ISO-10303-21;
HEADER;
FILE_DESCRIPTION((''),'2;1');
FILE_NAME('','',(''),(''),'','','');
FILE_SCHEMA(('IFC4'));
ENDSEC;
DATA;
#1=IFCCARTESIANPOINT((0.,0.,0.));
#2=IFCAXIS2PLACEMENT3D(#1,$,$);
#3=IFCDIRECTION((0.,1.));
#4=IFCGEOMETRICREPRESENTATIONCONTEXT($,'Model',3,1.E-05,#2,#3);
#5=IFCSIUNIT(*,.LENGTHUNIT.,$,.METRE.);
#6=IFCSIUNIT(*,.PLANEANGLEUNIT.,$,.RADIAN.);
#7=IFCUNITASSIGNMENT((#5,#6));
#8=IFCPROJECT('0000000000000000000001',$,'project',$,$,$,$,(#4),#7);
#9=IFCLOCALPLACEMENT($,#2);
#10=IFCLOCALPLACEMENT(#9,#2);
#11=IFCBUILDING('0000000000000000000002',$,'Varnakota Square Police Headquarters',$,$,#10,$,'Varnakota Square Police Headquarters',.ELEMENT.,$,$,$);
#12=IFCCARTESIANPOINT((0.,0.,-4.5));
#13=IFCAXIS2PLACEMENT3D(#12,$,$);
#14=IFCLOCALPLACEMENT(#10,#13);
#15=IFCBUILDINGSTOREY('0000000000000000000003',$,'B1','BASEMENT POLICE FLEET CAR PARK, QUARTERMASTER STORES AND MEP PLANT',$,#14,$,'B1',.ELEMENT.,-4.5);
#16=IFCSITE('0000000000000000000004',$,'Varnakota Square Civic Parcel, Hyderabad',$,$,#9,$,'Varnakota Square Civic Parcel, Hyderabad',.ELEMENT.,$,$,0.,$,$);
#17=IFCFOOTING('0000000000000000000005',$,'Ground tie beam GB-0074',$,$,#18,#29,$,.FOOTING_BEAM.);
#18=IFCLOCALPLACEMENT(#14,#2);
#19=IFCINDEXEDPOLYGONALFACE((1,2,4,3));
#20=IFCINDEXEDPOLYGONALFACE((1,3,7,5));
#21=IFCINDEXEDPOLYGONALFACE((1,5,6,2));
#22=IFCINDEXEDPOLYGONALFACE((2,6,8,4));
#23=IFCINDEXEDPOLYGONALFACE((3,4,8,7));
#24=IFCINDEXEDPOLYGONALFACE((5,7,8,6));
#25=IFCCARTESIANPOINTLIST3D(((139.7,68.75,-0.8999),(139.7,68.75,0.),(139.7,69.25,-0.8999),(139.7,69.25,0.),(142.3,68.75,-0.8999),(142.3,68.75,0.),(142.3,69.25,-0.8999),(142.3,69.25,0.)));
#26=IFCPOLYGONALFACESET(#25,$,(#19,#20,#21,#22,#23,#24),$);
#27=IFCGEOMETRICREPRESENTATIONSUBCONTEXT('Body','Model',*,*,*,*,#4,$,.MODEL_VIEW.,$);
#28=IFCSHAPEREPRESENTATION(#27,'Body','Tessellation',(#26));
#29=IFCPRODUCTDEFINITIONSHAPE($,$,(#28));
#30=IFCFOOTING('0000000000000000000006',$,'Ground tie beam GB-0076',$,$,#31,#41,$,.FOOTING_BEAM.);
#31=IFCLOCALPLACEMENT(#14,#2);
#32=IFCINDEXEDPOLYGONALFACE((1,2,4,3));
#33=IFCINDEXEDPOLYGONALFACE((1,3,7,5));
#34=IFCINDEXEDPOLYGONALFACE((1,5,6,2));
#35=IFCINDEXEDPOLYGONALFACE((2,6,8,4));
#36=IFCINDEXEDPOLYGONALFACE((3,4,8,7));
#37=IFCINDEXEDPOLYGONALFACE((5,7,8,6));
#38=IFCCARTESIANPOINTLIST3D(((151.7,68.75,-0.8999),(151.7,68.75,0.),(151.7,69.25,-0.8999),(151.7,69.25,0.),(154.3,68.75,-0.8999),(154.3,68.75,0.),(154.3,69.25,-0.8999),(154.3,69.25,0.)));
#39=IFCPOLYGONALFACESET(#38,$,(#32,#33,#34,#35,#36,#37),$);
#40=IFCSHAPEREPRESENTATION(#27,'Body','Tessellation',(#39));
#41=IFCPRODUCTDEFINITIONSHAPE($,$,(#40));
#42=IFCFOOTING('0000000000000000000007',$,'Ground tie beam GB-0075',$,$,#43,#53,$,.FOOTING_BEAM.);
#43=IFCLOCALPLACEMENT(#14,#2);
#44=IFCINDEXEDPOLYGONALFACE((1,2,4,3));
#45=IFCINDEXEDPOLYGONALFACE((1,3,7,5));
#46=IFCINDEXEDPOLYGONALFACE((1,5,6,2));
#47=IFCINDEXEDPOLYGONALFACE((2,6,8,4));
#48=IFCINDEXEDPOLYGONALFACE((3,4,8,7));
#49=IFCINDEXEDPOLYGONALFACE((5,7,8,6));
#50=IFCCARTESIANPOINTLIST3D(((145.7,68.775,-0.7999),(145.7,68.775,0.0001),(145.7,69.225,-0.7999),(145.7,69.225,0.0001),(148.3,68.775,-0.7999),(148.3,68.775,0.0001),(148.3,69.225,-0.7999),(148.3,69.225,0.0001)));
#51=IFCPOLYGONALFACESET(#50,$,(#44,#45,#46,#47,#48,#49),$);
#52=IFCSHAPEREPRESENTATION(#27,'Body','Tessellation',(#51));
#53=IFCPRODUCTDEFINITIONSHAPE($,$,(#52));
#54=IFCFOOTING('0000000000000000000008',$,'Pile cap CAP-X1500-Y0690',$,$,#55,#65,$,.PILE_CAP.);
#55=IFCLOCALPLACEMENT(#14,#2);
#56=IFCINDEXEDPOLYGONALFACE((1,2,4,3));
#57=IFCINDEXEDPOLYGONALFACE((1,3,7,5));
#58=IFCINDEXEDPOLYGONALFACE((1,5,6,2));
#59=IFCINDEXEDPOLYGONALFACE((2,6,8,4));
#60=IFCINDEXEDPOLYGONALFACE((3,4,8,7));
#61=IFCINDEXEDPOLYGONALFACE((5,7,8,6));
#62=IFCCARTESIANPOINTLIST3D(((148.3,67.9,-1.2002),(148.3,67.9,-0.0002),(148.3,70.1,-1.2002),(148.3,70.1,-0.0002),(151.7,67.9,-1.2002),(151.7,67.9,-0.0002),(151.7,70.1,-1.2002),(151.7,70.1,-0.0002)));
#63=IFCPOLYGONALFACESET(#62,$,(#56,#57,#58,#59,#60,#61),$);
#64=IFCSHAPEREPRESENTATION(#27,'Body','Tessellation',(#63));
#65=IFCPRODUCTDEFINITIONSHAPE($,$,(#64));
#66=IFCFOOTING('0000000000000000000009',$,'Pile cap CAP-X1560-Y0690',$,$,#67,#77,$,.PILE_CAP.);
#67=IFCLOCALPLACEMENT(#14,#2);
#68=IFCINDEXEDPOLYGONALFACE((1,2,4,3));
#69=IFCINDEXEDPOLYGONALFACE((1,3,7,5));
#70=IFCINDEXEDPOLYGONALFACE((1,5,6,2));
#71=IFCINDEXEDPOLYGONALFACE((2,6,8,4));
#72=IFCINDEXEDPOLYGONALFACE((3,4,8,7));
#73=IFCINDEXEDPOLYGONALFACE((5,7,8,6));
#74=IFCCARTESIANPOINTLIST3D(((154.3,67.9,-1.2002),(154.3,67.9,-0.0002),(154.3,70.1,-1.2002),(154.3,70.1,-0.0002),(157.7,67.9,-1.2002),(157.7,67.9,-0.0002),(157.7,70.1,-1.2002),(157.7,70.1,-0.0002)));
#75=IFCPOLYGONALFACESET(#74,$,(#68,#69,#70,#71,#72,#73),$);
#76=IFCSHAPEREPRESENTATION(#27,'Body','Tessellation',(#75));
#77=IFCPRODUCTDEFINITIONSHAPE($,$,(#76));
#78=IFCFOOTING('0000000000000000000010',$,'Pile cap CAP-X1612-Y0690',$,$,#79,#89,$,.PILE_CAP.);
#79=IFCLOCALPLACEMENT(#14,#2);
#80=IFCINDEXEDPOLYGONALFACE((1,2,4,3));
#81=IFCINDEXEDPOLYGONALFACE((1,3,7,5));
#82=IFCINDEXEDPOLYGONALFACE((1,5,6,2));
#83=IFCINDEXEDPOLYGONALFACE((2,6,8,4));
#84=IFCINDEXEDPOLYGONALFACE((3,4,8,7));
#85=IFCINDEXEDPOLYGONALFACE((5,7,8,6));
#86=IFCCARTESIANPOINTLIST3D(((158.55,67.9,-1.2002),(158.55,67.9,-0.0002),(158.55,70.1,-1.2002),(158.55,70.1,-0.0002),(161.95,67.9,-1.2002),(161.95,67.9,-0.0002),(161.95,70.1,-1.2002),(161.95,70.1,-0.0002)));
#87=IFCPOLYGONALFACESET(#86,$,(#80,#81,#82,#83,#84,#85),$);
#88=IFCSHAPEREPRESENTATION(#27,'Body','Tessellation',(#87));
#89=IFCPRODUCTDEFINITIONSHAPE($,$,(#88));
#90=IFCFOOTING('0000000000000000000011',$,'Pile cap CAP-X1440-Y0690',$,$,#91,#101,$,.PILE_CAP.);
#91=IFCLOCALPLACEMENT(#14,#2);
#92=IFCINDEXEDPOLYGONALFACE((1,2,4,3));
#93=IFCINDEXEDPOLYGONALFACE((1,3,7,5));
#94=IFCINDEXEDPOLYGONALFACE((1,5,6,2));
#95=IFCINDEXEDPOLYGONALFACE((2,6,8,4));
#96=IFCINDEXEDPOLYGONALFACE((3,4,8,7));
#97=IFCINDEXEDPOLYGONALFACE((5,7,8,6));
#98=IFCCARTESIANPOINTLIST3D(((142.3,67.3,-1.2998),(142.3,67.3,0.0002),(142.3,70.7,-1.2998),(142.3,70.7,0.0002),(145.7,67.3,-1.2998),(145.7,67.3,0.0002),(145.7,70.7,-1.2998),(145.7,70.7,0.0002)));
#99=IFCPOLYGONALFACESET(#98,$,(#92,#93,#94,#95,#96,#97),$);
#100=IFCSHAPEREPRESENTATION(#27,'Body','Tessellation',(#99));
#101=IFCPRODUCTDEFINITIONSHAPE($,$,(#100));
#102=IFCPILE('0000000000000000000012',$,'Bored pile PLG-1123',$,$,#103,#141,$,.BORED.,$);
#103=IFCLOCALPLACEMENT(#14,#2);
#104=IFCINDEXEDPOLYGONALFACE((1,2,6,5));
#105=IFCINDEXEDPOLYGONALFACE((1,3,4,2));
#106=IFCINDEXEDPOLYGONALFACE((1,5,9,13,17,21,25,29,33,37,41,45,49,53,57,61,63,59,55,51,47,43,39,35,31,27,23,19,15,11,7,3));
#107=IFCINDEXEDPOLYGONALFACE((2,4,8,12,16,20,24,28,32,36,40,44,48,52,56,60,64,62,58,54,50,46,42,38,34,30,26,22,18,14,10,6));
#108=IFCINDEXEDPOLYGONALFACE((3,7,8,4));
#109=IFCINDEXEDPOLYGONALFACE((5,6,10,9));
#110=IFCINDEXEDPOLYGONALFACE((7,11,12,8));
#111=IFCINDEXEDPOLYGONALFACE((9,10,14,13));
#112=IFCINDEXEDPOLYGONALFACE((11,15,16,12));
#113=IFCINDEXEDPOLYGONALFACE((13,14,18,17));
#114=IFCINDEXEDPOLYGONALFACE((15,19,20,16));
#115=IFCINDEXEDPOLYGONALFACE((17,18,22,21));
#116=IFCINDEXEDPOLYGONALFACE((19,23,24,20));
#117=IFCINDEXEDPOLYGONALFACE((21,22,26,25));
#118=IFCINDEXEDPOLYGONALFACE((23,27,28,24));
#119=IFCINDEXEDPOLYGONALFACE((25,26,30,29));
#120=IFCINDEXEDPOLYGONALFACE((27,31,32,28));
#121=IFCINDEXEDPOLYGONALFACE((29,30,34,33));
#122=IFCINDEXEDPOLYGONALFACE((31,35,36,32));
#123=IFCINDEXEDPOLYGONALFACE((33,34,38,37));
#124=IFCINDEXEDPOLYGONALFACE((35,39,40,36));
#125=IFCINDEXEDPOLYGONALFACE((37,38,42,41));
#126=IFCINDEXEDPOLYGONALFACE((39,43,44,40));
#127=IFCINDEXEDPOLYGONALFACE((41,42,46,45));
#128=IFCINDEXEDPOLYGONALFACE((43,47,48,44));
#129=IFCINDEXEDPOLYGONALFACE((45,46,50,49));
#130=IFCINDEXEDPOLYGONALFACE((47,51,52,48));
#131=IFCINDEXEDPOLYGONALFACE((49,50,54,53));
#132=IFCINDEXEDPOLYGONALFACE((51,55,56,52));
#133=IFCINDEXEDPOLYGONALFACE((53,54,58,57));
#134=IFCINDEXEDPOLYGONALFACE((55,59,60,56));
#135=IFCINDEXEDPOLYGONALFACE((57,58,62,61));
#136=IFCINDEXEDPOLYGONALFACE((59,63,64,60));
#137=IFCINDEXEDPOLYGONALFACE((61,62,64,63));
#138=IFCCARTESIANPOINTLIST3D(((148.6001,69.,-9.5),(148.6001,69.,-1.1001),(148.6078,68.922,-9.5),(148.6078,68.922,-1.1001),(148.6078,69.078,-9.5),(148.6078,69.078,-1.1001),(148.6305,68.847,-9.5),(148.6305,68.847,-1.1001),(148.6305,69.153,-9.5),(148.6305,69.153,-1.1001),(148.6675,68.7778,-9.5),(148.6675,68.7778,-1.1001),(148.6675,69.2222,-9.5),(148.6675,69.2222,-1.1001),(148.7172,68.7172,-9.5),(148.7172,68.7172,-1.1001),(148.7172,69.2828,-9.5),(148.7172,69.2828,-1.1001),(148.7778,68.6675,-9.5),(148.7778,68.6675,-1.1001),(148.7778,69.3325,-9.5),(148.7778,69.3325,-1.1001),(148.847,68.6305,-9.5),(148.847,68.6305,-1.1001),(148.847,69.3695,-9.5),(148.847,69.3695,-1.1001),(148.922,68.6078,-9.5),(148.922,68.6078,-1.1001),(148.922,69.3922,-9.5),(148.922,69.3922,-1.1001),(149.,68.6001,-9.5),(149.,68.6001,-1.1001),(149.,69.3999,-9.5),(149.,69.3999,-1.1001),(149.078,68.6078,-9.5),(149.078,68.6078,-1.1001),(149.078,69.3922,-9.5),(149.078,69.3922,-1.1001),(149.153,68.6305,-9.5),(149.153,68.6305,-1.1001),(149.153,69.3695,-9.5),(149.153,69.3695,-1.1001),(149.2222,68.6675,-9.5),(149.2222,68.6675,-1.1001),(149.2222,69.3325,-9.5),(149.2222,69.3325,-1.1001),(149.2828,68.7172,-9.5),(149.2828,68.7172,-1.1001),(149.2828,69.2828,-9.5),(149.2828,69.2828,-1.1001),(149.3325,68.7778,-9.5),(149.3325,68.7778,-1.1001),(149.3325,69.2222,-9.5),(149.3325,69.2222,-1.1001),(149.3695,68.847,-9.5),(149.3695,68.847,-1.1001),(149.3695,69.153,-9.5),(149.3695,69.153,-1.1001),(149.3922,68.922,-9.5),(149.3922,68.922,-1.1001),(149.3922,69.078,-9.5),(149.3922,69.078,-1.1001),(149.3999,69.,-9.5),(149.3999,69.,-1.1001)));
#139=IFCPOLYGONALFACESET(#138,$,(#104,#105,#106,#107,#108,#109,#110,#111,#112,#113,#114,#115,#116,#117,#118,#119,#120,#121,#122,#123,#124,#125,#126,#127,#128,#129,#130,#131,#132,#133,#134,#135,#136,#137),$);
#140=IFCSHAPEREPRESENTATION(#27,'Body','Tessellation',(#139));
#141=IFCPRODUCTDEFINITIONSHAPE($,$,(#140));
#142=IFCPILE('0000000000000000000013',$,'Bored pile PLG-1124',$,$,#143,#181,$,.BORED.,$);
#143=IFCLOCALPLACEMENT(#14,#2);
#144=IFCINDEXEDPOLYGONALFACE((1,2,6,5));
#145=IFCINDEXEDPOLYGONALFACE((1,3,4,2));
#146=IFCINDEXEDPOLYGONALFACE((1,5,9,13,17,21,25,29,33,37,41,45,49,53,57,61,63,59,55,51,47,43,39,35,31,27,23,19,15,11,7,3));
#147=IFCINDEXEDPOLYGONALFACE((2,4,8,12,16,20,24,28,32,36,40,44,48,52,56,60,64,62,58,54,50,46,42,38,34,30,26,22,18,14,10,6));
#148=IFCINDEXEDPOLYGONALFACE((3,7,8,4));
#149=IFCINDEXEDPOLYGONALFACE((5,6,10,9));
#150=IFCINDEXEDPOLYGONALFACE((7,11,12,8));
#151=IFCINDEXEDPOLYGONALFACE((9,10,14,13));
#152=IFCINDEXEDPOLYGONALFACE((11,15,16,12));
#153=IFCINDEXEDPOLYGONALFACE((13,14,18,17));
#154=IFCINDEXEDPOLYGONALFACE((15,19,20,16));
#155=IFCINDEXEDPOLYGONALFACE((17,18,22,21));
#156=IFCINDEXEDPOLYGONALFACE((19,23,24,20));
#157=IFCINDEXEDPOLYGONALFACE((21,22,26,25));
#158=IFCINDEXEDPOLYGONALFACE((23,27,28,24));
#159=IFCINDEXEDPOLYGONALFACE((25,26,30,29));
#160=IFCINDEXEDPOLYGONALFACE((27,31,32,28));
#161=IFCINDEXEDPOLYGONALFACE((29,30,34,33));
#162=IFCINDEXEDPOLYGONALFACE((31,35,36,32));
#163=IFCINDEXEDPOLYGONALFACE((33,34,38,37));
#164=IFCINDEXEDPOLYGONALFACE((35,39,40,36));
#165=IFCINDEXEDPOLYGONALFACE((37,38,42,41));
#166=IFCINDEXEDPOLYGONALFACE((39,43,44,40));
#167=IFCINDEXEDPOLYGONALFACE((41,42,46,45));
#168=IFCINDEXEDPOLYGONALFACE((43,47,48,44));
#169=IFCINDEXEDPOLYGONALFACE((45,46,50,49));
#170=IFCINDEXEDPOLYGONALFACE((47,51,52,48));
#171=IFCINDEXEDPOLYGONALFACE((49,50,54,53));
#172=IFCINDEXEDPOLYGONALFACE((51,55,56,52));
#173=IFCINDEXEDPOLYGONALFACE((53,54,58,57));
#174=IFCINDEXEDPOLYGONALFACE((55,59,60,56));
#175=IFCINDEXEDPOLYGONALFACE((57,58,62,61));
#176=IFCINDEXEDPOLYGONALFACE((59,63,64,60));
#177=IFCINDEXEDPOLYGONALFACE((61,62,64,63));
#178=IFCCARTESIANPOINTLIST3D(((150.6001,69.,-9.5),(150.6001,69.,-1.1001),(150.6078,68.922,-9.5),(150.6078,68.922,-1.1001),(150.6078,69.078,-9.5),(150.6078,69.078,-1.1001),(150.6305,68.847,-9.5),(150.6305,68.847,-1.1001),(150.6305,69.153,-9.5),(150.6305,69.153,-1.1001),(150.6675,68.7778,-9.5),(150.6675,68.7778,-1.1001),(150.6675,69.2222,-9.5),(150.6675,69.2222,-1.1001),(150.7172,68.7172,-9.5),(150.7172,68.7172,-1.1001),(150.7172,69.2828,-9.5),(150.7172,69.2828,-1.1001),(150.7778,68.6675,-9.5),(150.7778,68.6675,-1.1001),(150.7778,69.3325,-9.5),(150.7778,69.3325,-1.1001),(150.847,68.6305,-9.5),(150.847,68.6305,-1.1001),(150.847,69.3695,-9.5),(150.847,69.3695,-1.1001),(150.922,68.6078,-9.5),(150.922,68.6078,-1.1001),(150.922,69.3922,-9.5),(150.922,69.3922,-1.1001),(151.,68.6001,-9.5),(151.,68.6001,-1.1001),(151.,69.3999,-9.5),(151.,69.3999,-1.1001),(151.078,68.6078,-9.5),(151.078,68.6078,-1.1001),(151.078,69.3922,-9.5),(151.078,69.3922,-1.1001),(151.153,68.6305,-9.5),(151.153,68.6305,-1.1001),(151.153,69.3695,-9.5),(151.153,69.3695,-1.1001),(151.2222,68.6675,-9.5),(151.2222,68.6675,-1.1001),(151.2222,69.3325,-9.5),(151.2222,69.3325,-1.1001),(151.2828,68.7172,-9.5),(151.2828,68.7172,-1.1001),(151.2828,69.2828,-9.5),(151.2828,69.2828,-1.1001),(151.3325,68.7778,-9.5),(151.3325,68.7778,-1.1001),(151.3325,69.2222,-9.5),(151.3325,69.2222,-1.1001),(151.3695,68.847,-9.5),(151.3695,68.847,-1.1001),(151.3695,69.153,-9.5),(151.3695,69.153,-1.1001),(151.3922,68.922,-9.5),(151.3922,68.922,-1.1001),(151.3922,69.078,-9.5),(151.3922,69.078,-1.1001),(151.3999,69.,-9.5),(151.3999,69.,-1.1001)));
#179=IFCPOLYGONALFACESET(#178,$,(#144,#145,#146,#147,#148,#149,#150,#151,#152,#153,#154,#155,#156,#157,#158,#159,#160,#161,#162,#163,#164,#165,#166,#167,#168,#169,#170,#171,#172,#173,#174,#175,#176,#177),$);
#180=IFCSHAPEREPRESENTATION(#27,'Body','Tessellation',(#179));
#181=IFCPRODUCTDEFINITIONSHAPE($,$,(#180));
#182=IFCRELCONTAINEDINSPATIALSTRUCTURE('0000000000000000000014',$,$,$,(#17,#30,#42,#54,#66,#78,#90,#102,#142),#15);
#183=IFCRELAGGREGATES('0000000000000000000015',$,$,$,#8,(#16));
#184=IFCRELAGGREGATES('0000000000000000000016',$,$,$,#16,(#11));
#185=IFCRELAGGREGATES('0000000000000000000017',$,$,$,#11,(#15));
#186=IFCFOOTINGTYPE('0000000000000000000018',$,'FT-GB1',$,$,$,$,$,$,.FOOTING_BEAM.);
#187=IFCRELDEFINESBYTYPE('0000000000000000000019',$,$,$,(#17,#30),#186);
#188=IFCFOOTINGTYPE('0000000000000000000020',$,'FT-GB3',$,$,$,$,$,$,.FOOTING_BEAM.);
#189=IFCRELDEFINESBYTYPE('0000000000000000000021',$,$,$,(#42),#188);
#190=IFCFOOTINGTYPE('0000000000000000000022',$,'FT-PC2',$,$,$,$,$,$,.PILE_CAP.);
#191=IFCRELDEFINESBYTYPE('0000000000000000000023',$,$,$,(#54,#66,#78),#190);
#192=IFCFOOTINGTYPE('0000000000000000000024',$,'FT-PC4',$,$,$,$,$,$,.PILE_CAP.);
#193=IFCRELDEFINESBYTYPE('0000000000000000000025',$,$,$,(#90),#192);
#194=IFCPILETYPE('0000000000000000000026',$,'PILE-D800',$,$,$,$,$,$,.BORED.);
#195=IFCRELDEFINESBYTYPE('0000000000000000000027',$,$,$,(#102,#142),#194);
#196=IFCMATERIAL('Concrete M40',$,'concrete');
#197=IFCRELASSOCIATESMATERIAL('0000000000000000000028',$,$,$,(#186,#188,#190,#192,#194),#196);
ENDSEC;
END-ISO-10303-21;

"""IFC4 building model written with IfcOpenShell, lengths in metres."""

from ifc_helpers import new_model, si_unit, direction, frame, origin, origin_2d, place, context, subcontext, project, spatial, rectangle, circle, extrude, material, material_profile, profile_set, type_object, element, save


model = new_model("IFC4")

# Units and contexts
model_context = context("Model", 3, precision=1e-05, world=origin(), true_north=direction((0.0, 1.0)))
body_context = subcontext(model_context, "Body", "Model", "MODEL_VIEW")
ifc_project = project(units=[si_unit("LENGTHUNIT", "METRE"), si_unit("PLANEANGLEUNIT", "RADIAN")], contexts=[model_context])

# Site, building, storey
site_placement = place(None, origin())
site = spatial("IfcSite", under=ifc_project, at=site_placement, Name="Varnakota Square Civic Parcel, Hyderabad", LongName="Varnakota Square Civic Parcel, Hyderabad", CompositionType="ELEMENT", RefElevation=0.0)
building_placement = place(site_placement, origin())
building = spatial("IfcBuilding", under=site, at=building_placement, Name="Varnakota Square Police Headquarters", LongName="Varnakota Square Police Headquarters", CompositionType="ELEMENT")
storey_placement = place(building_placement, frame((0.0, 0.0, -4.5)))
storey = spatial("IfcBuildingStorey", under=building, at=storey_placement, Name="B1", Description="BASEMENT POLICE FLEET CAR PARK, QUARTERMASTER STORES AND MEP PLANT", LongName="B1", CompositionType="ELEMENT", Elevation=-4.5)

# Footings
ifc_material_1 = material(Name="Concrete M40", Category="concrete")
ifc_material_profile_1 = material_profile(ifc_material_1, rectangle(XDim=0.5, YDim=0.8999, at=origin_2d()), Name="GB 500x900")
ifc_profile_set_1 = profile_set([ifc_material_profile_1], Name="Concrete M40")
footing_type_1 = type_object("IfcFootingType", Name="FT-GB1", PredefinedType="FOOTING_BEAM", material=ifc_profile_set_1)
for number, where, z_axis, x_axis, name in (
    (1, (139.7, 69.0, -0.45), (1.0, 0.0, 0.0), (0.0, 1.0, 0.0), "Ground tie beam GB-0074"),
    (2, (151.7, 69.0, -0.45), (1.0, 0.0, 0.0), (0.0, 1.0, 0.0), "Ground tie beam GB-0076"),
):
    element("IfcFooting", number, at=place(storey_placement, frame(where, z_axis=z_axis, x_axis=x_axis)), inside=storey, type_object=footing_type_1, Name=name, PredefinedType="FOOTING_BEAM", context=body_context, shape_type="SweptSolid", body=[
        extrude(rectangle(XDim=0.5, YDim=0.8999, at=origin_2d()), origin(), (0.0, 0.0, 1.0), 2.6001),
    ])
ifc_material_profile_2 = material_profile(ifc_material_1, rectangle(XDim=0.45, YDim=0.8, at=origin_2d()), Name="GB 450x800")
ifc_profile_set_2 = profile_set([ifc_material_profile_2], Name="Concrete M40")
footing_type_2 = type_object("IfcFootingType", Name="FT-GB3", PredefinedType="FOOTING_BEAM", material=ifc_profile_set_2)
footing_1_placement = place(storey_placement, frame((145.7, 69.0, -0.3999), z_axis=(1.0, 0.0, 0.0), x_axis=(0.0, 1.0, 0.0)))
element("IfcFooting", 3, at=footing_1_placement, inside=storey, type_object=footing_type_2, Name="Ground tie beam GB-0075", PredefinedType="FOOTING_BEAM", context=body_context, shape_type="SweptSolid", body=[
    extrude(rectangle(XDim=0.45, YDim=0.8, at=origin_2d()), origin(), (0.0, 0.0, 1.0), 2.6001),
])
footing_type_3 = type_object("IfcFootingType", Name="FT-PC2", PredefinedType="PILE_CAP", material=ifc_material_1)
for number, where, z_axis, x_axis, name in (
    (4, (150.0, 69.0, -1.2002), (0.0, 0.0, 1.0), (1.0, 0.0, 0.0), "Pile cap CAP-X1500-Y0690"),
    (5, (156.0, 69.0, -1.2002), (0.0, 0.0, 1.0), (1.0, 0.0, 0.0), "Pile cap CAP-X1560-Y0690"),
    (6, (160.25, 69.0, -1.2002), (0.0, 0.0, 1.0), (1.0, 0.0, 0.0), "Pile cap CAP-X1612-Y0690"),
):
    element("IfcFooting", number, at=place(storey_placement, frame(where, z_axis=z_axis, x_axis=x_axis)), inside=storey, type_object=footing_type_3, Name=name, PredefinedType="PILE_CAP", context=body_context, shape_type="SweptSolid", body=[
        extrude(rectangle(XDim=3.3999, YDim=2.2, at=origin_2d()), origin(), (0.0, 0.0, 1.0), 1.2),
    ])
footing_type_4 = type_object("IfcFootingType", Name="FT-PC4", PredefinedType="PILE_CAP", material=ifc_material_1)
footing_2_placement = place(storey_placement, frame((144.0, 69.0, -1.2998), z_axis=(0.0, 0.0, 1.0), x_axis=(1.0, 0.0, 0.0)))
element("IfcFooting", 7, at=footing_2_placement, inside=storey, type_object=footing_type_4, Name="Pile cap CAP-X1440-Y0690", PredefinedType="PILE_CAP", context=body_context, shape_type="SweptSolid", body=[
    extrude(rectangle(XDim=3.3999, YDim=3.3999, at=origin_2d()), origin(), (0.0, 0.0, 1.0), 1.3),
])

# Piles
ifc_material_profile_3 = material_profile(ifc_material_1, circle(Radius=0.3999, at=origin_2d()), Name="BORED PILE 800")
ifc_profile_set_3 = profile_set([ifc_material_profile_3], Name="Concrete M40")
pile_type = type_object("IfcPileType", Name="PILE-D800", PredefinedType="BORED", material=ifc_profile_set_3)
for number, where, z_axis, x_axis, name in (
    (8, (149.0, 69.0, -1.1001), (0.0, 0.0, -1.0), (1.0, 0.0, 0.0), "Bored pile PLG-1123"),
    (9, (151.0, 69.0, -1.1001), (0.0, 0.0, -1.0), (1.0, 0.0, 0.0), "Bored pile PLG-1124"),
):
    element("IfcPile", number, at=place(storey_placement, frame(where, z_axis=z_axis, x_axis=x_axis)), inside=storey, type_object=pile_type, Name=name, PredefinedType="BORED", context=body_context, shape_type="SweptSolid", body=[
        extrude(circle(Radius=0.3999, at=origin_2d()), origin(), (0.0, 0.0, 1.0), 8.3999),
    ])

save(model, "model.ifc")
